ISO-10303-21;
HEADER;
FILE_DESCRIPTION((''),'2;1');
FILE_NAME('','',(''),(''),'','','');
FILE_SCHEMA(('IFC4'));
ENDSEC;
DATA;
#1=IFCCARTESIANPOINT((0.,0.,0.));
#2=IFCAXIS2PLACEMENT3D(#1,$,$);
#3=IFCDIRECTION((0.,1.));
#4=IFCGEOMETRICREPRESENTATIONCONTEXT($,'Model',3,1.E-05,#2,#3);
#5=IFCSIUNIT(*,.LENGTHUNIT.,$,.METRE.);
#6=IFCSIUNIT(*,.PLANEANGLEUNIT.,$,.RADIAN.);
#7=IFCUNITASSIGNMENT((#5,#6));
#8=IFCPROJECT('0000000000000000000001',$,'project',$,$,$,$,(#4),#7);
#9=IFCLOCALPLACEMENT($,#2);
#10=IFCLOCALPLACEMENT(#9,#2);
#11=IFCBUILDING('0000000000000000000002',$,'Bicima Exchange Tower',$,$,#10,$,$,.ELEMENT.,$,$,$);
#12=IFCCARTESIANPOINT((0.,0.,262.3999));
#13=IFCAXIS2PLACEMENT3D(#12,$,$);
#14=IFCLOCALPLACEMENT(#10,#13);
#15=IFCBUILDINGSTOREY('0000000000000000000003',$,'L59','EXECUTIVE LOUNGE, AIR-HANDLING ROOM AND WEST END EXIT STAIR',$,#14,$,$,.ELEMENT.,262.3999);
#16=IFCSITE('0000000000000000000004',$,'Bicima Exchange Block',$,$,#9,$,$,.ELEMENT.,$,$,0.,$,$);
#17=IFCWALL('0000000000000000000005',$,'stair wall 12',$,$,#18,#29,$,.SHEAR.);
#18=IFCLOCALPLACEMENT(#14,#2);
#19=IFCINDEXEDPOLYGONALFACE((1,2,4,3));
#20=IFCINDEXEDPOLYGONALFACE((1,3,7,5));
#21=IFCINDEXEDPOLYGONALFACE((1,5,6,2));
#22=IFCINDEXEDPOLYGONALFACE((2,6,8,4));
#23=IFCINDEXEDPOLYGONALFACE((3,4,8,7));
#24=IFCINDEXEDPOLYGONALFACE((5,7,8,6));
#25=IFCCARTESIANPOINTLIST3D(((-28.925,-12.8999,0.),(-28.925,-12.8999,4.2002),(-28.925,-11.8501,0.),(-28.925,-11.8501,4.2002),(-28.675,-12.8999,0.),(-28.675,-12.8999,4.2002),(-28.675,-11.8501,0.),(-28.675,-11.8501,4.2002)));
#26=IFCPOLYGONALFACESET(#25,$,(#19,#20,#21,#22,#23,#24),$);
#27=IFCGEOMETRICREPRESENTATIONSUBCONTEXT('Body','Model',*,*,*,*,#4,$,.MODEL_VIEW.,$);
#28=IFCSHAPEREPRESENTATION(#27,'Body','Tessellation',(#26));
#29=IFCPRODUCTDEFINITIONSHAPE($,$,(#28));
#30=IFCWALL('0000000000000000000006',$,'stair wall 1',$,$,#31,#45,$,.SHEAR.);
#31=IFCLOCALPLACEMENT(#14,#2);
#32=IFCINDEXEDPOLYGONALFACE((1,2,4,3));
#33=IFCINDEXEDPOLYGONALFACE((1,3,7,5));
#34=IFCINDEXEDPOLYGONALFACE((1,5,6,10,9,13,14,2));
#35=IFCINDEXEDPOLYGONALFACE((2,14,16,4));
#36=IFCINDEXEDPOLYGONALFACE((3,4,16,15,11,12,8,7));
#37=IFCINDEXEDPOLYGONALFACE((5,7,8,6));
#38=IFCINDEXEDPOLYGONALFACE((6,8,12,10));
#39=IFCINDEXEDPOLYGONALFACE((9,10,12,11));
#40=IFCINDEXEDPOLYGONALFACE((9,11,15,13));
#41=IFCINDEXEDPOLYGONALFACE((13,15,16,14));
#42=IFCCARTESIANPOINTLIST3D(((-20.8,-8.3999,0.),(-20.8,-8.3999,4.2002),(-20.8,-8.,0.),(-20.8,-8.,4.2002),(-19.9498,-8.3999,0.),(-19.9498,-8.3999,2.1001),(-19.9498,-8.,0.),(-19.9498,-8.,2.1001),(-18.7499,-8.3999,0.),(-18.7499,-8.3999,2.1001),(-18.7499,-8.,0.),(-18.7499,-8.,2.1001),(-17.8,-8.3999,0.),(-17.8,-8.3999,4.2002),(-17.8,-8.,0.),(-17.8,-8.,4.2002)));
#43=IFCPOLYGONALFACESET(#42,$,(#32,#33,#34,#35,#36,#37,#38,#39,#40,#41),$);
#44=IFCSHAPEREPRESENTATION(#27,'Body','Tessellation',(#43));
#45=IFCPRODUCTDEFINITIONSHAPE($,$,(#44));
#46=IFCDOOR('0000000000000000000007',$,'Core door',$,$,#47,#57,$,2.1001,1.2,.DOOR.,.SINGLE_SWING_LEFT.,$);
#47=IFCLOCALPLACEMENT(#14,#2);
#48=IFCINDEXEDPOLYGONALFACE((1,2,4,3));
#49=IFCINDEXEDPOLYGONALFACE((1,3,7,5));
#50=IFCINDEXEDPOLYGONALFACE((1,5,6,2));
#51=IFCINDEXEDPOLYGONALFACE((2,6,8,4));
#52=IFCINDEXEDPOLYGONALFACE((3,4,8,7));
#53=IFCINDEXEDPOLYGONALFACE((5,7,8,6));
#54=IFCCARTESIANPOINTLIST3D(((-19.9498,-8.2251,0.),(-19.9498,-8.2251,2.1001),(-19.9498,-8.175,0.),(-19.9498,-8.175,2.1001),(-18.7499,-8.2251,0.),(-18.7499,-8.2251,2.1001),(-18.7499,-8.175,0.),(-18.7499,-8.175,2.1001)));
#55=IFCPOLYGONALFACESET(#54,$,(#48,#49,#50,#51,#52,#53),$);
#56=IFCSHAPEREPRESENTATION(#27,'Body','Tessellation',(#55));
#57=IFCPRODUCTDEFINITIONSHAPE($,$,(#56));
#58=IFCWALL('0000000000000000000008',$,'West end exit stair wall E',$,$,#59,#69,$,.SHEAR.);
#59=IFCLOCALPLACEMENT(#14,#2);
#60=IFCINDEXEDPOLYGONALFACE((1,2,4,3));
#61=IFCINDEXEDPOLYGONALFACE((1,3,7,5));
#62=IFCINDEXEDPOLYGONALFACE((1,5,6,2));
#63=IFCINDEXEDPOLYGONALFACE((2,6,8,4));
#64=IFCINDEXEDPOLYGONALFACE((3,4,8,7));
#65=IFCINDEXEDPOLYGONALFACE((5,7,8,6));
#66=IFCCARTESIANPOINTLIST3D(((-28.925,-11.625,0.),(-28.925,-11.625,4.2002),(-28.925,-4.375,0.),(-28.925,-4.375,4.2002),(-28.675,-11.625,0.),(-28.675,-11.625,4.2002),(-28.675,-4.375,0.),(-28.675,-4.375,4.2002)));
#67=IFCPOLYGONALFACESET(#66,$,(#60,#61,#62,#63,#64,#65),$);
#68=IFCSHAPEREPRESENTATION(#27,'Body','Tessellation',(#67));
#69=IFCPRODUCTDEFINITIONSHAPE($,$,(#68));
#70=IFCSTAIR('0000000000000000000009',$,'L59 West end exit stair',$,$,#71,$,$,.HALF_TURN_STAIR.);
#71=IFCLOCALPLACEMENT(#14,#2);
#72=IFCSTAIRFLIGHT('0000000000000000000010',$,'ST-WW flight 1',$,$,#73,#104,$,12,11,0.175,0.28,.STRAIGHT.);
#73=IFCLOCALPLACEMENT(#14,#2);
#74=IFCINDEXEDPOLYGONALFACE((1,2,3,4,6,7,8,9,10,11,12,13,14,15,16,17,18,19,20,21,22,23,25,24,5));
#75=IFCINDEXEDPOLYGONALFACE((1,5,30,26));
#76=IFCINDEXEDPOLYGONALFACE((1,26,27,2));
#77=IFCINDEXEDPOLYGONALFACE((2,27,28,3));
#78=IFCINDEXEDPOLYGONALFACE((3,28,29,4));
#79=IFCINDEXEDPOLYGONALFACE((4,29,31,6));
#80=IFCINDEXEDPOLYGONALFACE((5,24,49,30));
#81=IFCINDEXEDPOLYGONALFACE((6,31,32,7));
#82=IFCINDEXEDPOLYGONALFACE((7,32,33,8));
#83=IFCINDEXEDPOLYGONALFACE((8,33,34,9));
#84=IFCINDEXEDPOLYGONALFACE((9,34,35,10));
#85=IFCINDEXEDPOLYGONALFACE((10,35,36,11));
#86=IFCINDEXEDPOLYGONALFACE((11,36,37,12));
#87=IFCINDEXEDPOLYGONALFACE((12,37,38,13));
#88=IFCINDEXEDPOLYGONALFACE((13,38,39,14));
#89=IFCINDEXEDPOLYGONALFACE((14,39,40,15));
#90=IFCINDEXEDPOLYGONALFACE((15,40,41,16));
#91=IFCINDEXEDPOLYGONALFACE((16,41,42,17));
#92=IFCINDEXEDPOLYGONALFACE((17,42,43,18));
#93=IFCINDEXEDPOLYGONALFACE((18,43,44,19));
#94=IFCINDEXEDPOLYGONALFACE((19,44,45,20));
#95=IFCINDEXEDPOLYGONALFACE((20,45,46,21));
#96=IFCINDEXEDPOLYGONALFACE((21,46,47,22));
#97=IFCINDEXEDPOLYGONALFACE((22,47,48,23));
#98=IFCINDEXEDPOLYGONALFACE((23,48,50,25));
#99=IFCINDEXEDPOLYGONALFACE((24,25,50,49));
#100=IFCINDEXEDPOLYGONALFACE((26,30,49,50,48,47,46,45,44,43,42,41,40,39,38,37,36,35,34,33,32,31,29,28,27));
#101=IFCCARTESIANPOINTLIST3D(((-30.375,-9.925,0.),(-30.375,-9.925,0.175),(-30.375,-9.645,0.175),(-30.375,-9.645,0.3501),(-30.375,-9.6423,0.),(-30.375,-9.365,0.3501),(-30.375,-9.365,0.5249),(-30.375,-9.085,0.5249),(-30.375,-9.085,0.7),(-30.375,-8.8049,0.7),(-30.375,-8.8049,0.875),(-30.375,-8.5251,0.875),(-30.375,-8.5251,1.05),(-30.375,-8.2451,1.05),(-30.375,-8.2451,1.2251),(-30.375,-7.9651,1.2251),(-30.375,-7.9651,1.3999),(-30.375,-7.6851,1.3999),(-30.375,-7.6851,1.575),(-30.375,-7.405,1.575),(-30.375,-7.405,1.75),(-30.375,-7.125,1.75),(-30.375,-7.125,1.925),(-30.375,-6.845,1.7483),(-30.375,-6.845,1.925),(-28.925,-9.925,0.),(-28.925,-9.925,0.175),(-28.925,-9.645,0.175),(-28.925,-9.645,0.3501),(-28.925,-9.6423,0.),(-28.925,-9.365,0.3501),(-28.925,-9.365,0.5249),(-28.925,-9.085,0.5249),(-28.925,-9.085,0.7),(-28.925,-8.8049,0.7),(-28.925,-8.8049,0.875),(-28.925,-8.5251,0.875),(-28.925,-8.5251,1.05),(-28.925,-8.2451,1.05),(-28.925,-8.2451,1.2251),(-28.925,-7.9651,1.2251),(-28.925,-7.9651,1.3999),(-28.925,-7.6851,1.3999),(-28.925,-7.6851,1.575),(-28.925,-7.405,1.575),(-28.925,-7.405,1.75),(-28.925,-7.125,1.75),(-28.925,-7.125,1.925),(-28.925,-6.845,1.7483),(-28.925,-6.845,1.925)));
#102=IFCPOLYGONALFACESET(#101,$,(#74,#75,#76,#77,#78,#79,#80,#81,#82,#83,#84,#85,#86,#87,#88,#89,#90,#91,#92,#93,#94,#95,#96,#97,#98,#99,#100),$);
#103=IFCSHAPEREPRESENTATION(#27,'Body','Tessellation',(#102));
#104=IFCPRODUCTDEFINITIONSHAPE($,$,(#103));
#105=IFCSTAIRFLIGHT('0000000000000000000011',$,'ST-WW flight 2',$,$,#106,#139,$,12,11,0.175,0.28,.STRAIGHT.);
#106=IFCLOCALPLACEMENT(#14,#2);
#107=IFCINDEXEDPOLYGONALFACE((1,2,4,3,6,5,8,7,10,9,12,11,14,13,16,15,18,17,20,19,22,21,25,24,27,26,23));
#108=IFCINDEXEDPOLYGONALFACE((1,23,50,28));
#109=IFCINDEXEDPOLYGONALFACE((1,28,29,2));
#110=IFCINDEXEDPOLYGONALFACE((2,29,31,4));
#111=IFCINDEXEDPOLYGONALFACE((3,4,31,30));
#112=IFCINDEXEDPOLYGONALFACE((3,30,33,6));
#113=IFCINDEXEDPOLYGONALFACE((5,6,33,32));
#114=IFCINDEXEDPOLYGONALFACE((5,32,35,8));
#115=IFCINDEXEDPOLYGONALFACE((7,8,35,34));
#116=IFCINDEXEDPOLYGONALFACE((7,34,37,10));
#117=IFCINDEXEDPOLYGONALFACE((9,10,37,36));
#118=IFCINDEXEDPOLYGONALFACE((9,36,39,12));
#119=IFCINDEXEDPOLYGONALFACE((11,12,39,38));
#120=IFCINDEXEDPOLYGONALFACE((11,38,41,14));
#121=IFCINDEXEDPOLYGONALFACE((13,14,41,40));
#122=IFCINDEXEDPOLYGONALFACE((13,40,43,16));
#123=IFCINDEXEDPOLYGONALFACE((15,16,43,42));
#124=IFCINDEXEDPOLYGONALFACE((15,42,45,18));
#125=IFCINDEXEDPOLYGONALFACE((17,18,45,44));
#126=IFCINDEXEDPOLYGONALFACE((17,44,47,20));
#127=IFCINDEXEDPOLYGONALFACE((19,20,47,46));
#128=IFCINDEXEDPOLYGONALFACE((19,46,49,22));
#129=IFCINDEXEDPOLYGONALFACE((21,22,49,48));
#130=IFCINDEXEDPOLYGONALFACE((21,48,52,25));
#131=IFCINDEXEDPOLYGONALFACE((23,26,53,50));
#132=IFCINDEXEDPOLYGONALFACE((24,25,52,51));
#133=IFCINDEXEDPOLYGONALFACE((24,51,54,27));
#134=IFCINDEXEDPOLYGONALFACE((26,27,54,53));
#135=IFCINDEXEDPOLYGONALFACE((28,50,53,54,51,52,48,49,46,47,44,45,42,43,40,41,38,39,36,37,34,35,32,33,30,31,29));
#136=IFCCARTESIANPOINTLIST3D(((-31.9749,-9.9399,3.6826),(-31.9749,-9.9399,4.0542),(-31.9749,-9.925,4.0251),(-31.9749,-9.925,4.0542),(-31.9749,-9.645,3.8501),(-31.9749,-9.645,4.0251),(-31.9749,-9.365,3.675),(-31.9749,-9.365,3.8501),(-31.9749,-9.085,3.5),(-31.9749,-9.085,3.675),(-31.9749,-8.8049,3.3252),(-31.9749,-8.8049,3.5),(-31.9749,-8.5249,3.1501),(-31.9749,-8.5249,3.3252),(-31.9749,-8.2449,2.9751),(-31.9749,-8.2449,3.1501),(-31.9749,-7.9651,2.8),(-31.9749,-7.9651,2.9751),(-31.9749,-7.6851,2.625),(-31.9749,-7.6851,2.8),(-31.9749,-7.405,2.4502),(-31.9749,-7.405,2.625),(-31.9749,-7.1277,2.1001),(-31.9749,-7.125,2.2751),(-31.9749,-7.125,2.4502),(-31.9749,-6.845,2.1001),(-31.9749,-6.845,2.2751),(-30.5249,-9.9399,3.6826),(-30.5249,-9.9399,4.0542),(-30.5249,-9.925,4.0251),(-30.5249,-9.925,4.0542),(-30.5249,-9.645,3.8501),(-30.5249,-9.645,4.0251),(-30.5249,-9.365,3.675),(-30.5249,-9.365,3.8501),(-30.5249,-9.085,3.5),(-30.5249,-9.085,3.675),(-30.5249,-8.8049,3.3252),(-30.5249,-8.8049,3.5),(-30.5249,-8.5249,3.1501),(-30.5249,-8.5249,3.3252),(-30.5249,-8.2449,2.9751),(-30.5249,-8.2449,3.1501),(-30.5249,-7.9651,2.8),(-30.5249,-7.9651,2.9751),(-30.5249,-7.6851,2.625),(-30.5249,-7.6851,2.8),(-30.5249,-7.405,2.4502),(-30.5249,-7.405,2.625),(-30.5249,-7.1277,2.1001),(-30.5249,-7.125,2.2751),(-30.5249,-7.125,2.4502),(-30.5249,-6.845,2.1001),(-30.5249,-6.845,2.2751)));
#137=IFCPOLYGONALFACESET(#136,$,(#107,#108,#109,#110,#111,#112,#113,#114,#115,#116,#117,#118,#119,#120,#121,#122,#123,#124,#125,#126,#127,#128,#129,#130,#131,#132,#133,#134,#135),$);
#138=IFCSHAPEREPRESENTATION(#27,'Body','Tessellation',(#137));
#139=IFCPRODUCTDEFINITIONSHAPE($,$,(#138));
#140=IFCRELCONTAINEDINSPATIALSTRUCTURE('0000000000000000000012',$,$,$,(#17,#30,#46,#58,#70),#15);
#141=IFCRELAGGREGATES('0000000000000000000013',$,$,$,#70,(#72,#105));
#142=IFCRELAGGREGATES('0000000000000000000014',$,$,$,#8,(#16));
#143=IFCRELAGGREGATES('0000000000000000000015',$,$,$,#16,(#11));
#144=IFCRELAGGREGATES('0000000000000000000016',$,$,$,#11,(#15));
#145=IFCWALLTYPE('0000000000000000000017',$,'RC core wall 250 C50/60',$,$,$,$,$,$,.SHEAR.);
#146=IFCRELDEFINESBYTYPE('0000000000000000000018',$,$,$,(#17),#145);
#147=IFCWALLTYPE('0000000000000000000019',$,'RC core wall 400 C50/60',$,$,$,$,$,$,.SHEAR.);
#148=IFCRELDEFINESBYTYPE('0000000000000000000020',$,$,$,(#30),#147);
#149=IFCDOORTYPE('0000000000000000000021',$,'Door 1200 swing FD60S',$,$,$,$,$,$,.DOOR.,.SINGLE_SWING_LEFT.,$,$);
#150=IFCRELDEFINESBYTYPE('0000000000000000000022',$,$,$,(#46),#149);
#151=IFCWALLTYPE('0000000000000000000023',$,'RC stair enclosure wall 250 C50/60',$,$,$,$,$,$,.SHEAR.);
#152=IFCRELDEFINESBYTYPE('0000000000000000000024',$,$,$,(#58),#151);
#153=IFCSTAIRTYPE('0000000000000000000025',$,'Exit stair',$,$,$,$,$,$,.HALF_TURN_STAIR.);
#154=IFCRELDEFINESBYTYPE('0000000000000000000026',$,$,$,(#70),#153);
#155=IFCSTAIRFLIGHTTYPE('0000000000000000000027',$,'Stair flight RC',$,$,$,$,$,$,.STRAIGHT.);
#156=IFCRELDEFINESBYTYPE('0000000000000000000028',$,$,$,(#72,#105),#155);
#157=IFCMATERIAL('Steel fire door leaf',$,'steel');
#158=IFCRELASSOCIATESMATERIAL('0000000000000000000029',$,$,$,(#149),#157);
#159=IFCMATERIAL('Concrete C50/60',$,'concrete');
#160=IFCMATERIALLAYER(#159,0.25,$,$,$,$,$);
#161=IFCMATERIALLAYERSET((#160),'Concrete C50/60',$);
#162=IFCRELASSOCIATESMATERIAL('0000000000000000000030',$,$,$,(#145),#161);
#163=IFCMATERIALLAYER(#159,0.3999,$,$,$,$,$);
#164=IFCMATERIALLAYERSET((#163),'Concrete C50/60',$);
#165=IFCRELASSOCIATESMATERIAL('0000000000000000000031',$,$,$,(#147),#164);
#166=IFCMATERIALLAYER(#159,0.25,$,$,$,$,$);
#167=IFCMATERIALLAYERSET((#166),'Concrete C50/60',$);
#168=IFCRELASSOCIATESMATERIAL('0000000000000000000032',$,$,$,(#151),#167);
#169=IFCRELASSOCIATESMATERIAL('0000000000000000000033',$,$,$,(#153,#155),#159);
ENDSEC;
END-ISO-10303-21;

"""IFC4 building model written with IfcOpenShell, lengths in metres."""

from ifc_helpers import new_model, si_unit, direction, frame, frame_2d, origin, place, context, subcontext, project, spatial, polyline, rectangle, outline, extrude, material, layer, layer_set, type_object, element, fill, aggregate, save


model = new_model("IFC4")

# Units and contexts
model_context = context("Model", 3, precision=1e-05, world=origin(), true_north=direction((0.0, 1.0)))
body_context = subcontext(model_context, "Body", "Model", "MODEL_VIEW")
ifc_project = project(units=[si_unit("LENGTHUNIT", "METRE"), si_unit("PLANEANGLEUNIT", "RADIAN")], contexts=[model_context])

# Site, building, storey
site_placement = place(None, origin())
site = spatial("IfcSite", under=ifc_project, at=site_placement, Name="Bicima Exchange Block", CompositionType="ELEMENT", RefElevation=0.0)
building_placement = place(site_placement, origin())
building = spatial("IfcBuilding", under=site, at=building_placement, Name="Bicima Exchange Tower", CompositionType="ELEMENT")
storey_placement = place(building_placement, frame((0.0, 0.0, 262.3999)))
storey = spatial("IfcBuildingStorey", under=building, at=storey_placement, Name="L59", Description="EXECUTIVE LOUNGE, AIR-HANDLING ROOM AND WEST END EXIT STAIR", CompositionType="ELEMENT", Elevation=262.3999)

# Shared definitions
ifc_material_1 = material(Name="Steel fire door leaf", Category="steel")
door_type_1 = type_object("IfcDoorType", Name="Door 1200 swing FD60S", OperationType="SINGLE_SWING_LEFT", PredefinedType="DOOR", material=ifc_material_1)

# Wall
ifc_material_2 = material(Name="Concrete C50/60", Category="concrete")
ifc_layer_1 = layer(ifc_material_2, 0.25)
ifc_layer_set_1 = layer_set([ifc_layer_1], Name="Concrete C50/60")
wall_type_1 = type_object("IfcWallType", Name="RC core wall 250 C50/60", PredefinedType="SHEAR", material=ifc_layer_set_1)
wall_1_placement = place(storey_placement, frame((-28.8, -12.8999, 0.0), z_axis=(0.0, 0.0, 1.0), x_axis=(0.0, 1.0, 0.0)))
element("IfcWall", 1, at=wall_1_placement, inside=storey, type_object=wall_type_1, Name="stair wall 12", PredefinedType="SHEAR", context=body_context, shape_type="SweptSolid", body=[
    extrude(rectangle(XDim=1.0498, YDim=0.25, at=frame_2d((0.5249, 0.0))), origin(), (0.0, 0.0, 1.0), 4.2002),
])

# Wall, opening, door
ifc_layer_2 = layer(ifc_material_2, 0.3999)
ifc_layer_set_2 = layer_set([ifc_layer_2], Name="Concrete C50/60")
wall_type_2 = type_object("IfcWallType", Name="RC core wall 400 C50/60", PredefinedType="SHEAR", material=ifc_layer_set_2)
wall_2_placement = place(storey_placement, frame((-20.8, -8.2, 0.0), z_axis=(0.0, 0.0, 1.0), x_axis=(1.0, 0.0, 0.0)))
wall_2 = element("IfcWall", 2, at=wall_2_placement, inside=storey, type_object=wall_type_2, Name="stair wall 1", PredefinedType="SHEAR", context=body_context, shape_type="SweptSolid", body=[
    extrude(rectangle(XDim=3.0, YDim=0.3999, at=frame_2d((1.5, 0.0))), origin(), (0.0, 0.0, 1.0), 4.2002),
])
opening_1_placement = place(wall_2_placement, frame((0.8501, 0.0, 0.0)))
opening_1 = element("IfcOpeningElement", 3, at=opening_1_placement, cuts=wall_2, PredefinedType="OPENING", context=body_context, shape_type="SweptSolid", body=[
    extrude(rectangle(XDim=1.2, YDim=2.1001, at=frame_2d((0.6001, 1.05))), frame((0.0, 0.2119, 0.0), z_axis=(0.0, -1.0, 0.0), x_axis=(1.0, 0.0, 0.0)), (0.0, 0.0, 1.0), 0.4238),
])
door_1_placement = place(opening_1_placement, origin())
door_1 = element("IfcDoor", 4, at=door_1_placement, inside=storey, type_object=door_type_1, Name="Core door", OperationType="SINGLE_SWING_LEFT", OverallHeight=2.1001, OverallWidth=1.2, PredefinedType="DOOR", context=body_context, shape_type="SweptSolid", body=[
    extrude(rectangle(XDim=1.2, YDim=2.1001, at=frame_2d((0.6001, 1.05))), frame((0.0, 0.0249, 0.0), z_axis=(0.0, -1.0, 0.0), x_axis=(1.0, 0.0, 0.0)), (0.0, 0.0, 1.0), 0.05),
])
fill(opening_1, door_1)

# Wall
ifc_layer_3 = layer(ifc_material_2, 0.25)
ifc_layer_set_3 = layer_set([ifc_layer_3], Name="Concrete C50/60")
wall_type_3 = type_object("IfcWallType", Name="RC stair enclosure wall 250 C50/60", PredefinedType="SHEAR", material=ifc_layer_set_3)
wall_3_placement = place(storey_placement, frame((-28.8, -11.625, 0.0), z_axis=(0.0, 0.0, 1.0), x_axis=(0.0, 1.0, 0.0)))
element("IfcWall", 5, at=wall_3_placement, inside=storey, type_object=wall_type_3, Name="West end exit stair wall E", PredefinedType="SHEAR", context=body_context, shape_type="SweptSolid", body=[
    extrude(rectangle(XDim=7.25, YDim=0.25, at=frame_2d((3.625, 0.0))), origin(), (0.0, 0.0, 1.0), 4.2002),
])

# Stair, stair flights
stair_type = type_object("IfcStairType", Name="Exit stair", PredefinedType="HALF_TURN_STAIR", material=ifc_material_2)
stair_placement = place(storey_placement, origin())
stair = element("IfcStair", 6, at=stair_placement, inside=storey, type_object=stair_type, Name="L59 West end exit stair", PredefinedType="HALF_TURN_STAIR")
stair_flight_type = type_object("IfcStairFlightType", Name="Stair flight RC", PredefinedType="STRAIGHT", material=ifc_material_2)
stair_flight_1_placement = place(storey_placement, frame((-29.6499, -9.925, 0.0), z_axis=(0.0, 0.0, 1.0), x_axis=(0.0, 1.0, 0.0)))
stair_flight_1 = element("IfcStairFlight", 7, at=stair_flight_1_placement, type_object=stair_flight_type, Name="ST-WW flight 1", NumberOfRisers=12, NumberOfTreads=11, PredefinedType="STRAIGHT", RiserHeight=0.175, TreadLength=0.28, context=body_context, shape_type="SweptSolid", body=[
    extrude(outline(polyline([(0.0, 0.0), (0.0, 0.175), (0.28, 0.175), (0.28, 0.3501), (0.5601, 0.3501), (0.5601, 0.5249), (0.8401, 0.5249), (0.8401, 0.7), (1.1201, 0.7), (1.1201, 0.875), (1.3999, 0.875), (1.3999, 1.05), (1.6799, 1.05), (1.6799, 1.2251), (1.96, 1.2251), (1.96, 1.3999), (2.24, 1.3999), (2.24, 1.575), (2.52, 1.575), (2.52, 1.75), (2.8, 1.75), (2.8, 1.925), (3.0801, 1.925), (3.0801, 2.1001), (3.0801, 1.7483), (0.2827, 0.0), (0.0, 0.0)])), frame((0.0, 0.7251, 0.0), z_axis=(0.0, -1.0, 0.0), x_axis=(1.0, 0.0, 0.0)), (0.0, 0.0, 1.0), 1.45),
])
stair_flight_2_placement = place(storey_placement, frame((-31.25, -6.845, 2.1001), z_axis=(0.0, 0.0, 1.0), x_axis=(0.0, -1.0, 0.0)))
stair_flight_2 = element("IfcStairFlight", 8, at=stair_flight_2_placement, type_object=stair_flight_type, Name="ST-WW flight 2", NumberOfRisers=12, NumberOfTreads=11, PredefinedType="STRAIGHT", RiserHeight=0.175, TreadLength=0.28, context=body_context, shape_type="SweptSolid", body=[
    extrude(outline(polyline([(0.0, 0.0), (0.0, 0.175), (0.28, 0.175), (0.28, 0.3501), (0.5601, 0.3501), (0.5601, 0.5249), (0.8401, 0.5249), (0.8401, 0.7), (1.1201, 0.7), (1.1201, 0.875), (1.3999, 0.875), (1.3999, 1.05), (1.6799, 1.05), (1.6799, 1.2251), (1.96, 1.2251), (1.96, 1.3999), (2.24, 1.3999), (2.24, 1.575), (2.52, 1.575), (2.52, 1.75), (2.8, 1.75), (2.8, 1.925), (3.0801, 1.925), (3.0801, 1.9541), (3.095, 1.9541), (3.095, 1.5825), (0.2827, 0.0), (0.0, 0.0)])), frame((0.0, 0.7251, 0.0), z_axis=(0.0, -1.0, 0.0), x_axis=(1.0, 0.0, 0.0)), (0.0, 0.0, 1.0), 1.45),
])
aggregate(stair, [stair_flight_1, stair_flight_2])

save(model, "model.ifc")
